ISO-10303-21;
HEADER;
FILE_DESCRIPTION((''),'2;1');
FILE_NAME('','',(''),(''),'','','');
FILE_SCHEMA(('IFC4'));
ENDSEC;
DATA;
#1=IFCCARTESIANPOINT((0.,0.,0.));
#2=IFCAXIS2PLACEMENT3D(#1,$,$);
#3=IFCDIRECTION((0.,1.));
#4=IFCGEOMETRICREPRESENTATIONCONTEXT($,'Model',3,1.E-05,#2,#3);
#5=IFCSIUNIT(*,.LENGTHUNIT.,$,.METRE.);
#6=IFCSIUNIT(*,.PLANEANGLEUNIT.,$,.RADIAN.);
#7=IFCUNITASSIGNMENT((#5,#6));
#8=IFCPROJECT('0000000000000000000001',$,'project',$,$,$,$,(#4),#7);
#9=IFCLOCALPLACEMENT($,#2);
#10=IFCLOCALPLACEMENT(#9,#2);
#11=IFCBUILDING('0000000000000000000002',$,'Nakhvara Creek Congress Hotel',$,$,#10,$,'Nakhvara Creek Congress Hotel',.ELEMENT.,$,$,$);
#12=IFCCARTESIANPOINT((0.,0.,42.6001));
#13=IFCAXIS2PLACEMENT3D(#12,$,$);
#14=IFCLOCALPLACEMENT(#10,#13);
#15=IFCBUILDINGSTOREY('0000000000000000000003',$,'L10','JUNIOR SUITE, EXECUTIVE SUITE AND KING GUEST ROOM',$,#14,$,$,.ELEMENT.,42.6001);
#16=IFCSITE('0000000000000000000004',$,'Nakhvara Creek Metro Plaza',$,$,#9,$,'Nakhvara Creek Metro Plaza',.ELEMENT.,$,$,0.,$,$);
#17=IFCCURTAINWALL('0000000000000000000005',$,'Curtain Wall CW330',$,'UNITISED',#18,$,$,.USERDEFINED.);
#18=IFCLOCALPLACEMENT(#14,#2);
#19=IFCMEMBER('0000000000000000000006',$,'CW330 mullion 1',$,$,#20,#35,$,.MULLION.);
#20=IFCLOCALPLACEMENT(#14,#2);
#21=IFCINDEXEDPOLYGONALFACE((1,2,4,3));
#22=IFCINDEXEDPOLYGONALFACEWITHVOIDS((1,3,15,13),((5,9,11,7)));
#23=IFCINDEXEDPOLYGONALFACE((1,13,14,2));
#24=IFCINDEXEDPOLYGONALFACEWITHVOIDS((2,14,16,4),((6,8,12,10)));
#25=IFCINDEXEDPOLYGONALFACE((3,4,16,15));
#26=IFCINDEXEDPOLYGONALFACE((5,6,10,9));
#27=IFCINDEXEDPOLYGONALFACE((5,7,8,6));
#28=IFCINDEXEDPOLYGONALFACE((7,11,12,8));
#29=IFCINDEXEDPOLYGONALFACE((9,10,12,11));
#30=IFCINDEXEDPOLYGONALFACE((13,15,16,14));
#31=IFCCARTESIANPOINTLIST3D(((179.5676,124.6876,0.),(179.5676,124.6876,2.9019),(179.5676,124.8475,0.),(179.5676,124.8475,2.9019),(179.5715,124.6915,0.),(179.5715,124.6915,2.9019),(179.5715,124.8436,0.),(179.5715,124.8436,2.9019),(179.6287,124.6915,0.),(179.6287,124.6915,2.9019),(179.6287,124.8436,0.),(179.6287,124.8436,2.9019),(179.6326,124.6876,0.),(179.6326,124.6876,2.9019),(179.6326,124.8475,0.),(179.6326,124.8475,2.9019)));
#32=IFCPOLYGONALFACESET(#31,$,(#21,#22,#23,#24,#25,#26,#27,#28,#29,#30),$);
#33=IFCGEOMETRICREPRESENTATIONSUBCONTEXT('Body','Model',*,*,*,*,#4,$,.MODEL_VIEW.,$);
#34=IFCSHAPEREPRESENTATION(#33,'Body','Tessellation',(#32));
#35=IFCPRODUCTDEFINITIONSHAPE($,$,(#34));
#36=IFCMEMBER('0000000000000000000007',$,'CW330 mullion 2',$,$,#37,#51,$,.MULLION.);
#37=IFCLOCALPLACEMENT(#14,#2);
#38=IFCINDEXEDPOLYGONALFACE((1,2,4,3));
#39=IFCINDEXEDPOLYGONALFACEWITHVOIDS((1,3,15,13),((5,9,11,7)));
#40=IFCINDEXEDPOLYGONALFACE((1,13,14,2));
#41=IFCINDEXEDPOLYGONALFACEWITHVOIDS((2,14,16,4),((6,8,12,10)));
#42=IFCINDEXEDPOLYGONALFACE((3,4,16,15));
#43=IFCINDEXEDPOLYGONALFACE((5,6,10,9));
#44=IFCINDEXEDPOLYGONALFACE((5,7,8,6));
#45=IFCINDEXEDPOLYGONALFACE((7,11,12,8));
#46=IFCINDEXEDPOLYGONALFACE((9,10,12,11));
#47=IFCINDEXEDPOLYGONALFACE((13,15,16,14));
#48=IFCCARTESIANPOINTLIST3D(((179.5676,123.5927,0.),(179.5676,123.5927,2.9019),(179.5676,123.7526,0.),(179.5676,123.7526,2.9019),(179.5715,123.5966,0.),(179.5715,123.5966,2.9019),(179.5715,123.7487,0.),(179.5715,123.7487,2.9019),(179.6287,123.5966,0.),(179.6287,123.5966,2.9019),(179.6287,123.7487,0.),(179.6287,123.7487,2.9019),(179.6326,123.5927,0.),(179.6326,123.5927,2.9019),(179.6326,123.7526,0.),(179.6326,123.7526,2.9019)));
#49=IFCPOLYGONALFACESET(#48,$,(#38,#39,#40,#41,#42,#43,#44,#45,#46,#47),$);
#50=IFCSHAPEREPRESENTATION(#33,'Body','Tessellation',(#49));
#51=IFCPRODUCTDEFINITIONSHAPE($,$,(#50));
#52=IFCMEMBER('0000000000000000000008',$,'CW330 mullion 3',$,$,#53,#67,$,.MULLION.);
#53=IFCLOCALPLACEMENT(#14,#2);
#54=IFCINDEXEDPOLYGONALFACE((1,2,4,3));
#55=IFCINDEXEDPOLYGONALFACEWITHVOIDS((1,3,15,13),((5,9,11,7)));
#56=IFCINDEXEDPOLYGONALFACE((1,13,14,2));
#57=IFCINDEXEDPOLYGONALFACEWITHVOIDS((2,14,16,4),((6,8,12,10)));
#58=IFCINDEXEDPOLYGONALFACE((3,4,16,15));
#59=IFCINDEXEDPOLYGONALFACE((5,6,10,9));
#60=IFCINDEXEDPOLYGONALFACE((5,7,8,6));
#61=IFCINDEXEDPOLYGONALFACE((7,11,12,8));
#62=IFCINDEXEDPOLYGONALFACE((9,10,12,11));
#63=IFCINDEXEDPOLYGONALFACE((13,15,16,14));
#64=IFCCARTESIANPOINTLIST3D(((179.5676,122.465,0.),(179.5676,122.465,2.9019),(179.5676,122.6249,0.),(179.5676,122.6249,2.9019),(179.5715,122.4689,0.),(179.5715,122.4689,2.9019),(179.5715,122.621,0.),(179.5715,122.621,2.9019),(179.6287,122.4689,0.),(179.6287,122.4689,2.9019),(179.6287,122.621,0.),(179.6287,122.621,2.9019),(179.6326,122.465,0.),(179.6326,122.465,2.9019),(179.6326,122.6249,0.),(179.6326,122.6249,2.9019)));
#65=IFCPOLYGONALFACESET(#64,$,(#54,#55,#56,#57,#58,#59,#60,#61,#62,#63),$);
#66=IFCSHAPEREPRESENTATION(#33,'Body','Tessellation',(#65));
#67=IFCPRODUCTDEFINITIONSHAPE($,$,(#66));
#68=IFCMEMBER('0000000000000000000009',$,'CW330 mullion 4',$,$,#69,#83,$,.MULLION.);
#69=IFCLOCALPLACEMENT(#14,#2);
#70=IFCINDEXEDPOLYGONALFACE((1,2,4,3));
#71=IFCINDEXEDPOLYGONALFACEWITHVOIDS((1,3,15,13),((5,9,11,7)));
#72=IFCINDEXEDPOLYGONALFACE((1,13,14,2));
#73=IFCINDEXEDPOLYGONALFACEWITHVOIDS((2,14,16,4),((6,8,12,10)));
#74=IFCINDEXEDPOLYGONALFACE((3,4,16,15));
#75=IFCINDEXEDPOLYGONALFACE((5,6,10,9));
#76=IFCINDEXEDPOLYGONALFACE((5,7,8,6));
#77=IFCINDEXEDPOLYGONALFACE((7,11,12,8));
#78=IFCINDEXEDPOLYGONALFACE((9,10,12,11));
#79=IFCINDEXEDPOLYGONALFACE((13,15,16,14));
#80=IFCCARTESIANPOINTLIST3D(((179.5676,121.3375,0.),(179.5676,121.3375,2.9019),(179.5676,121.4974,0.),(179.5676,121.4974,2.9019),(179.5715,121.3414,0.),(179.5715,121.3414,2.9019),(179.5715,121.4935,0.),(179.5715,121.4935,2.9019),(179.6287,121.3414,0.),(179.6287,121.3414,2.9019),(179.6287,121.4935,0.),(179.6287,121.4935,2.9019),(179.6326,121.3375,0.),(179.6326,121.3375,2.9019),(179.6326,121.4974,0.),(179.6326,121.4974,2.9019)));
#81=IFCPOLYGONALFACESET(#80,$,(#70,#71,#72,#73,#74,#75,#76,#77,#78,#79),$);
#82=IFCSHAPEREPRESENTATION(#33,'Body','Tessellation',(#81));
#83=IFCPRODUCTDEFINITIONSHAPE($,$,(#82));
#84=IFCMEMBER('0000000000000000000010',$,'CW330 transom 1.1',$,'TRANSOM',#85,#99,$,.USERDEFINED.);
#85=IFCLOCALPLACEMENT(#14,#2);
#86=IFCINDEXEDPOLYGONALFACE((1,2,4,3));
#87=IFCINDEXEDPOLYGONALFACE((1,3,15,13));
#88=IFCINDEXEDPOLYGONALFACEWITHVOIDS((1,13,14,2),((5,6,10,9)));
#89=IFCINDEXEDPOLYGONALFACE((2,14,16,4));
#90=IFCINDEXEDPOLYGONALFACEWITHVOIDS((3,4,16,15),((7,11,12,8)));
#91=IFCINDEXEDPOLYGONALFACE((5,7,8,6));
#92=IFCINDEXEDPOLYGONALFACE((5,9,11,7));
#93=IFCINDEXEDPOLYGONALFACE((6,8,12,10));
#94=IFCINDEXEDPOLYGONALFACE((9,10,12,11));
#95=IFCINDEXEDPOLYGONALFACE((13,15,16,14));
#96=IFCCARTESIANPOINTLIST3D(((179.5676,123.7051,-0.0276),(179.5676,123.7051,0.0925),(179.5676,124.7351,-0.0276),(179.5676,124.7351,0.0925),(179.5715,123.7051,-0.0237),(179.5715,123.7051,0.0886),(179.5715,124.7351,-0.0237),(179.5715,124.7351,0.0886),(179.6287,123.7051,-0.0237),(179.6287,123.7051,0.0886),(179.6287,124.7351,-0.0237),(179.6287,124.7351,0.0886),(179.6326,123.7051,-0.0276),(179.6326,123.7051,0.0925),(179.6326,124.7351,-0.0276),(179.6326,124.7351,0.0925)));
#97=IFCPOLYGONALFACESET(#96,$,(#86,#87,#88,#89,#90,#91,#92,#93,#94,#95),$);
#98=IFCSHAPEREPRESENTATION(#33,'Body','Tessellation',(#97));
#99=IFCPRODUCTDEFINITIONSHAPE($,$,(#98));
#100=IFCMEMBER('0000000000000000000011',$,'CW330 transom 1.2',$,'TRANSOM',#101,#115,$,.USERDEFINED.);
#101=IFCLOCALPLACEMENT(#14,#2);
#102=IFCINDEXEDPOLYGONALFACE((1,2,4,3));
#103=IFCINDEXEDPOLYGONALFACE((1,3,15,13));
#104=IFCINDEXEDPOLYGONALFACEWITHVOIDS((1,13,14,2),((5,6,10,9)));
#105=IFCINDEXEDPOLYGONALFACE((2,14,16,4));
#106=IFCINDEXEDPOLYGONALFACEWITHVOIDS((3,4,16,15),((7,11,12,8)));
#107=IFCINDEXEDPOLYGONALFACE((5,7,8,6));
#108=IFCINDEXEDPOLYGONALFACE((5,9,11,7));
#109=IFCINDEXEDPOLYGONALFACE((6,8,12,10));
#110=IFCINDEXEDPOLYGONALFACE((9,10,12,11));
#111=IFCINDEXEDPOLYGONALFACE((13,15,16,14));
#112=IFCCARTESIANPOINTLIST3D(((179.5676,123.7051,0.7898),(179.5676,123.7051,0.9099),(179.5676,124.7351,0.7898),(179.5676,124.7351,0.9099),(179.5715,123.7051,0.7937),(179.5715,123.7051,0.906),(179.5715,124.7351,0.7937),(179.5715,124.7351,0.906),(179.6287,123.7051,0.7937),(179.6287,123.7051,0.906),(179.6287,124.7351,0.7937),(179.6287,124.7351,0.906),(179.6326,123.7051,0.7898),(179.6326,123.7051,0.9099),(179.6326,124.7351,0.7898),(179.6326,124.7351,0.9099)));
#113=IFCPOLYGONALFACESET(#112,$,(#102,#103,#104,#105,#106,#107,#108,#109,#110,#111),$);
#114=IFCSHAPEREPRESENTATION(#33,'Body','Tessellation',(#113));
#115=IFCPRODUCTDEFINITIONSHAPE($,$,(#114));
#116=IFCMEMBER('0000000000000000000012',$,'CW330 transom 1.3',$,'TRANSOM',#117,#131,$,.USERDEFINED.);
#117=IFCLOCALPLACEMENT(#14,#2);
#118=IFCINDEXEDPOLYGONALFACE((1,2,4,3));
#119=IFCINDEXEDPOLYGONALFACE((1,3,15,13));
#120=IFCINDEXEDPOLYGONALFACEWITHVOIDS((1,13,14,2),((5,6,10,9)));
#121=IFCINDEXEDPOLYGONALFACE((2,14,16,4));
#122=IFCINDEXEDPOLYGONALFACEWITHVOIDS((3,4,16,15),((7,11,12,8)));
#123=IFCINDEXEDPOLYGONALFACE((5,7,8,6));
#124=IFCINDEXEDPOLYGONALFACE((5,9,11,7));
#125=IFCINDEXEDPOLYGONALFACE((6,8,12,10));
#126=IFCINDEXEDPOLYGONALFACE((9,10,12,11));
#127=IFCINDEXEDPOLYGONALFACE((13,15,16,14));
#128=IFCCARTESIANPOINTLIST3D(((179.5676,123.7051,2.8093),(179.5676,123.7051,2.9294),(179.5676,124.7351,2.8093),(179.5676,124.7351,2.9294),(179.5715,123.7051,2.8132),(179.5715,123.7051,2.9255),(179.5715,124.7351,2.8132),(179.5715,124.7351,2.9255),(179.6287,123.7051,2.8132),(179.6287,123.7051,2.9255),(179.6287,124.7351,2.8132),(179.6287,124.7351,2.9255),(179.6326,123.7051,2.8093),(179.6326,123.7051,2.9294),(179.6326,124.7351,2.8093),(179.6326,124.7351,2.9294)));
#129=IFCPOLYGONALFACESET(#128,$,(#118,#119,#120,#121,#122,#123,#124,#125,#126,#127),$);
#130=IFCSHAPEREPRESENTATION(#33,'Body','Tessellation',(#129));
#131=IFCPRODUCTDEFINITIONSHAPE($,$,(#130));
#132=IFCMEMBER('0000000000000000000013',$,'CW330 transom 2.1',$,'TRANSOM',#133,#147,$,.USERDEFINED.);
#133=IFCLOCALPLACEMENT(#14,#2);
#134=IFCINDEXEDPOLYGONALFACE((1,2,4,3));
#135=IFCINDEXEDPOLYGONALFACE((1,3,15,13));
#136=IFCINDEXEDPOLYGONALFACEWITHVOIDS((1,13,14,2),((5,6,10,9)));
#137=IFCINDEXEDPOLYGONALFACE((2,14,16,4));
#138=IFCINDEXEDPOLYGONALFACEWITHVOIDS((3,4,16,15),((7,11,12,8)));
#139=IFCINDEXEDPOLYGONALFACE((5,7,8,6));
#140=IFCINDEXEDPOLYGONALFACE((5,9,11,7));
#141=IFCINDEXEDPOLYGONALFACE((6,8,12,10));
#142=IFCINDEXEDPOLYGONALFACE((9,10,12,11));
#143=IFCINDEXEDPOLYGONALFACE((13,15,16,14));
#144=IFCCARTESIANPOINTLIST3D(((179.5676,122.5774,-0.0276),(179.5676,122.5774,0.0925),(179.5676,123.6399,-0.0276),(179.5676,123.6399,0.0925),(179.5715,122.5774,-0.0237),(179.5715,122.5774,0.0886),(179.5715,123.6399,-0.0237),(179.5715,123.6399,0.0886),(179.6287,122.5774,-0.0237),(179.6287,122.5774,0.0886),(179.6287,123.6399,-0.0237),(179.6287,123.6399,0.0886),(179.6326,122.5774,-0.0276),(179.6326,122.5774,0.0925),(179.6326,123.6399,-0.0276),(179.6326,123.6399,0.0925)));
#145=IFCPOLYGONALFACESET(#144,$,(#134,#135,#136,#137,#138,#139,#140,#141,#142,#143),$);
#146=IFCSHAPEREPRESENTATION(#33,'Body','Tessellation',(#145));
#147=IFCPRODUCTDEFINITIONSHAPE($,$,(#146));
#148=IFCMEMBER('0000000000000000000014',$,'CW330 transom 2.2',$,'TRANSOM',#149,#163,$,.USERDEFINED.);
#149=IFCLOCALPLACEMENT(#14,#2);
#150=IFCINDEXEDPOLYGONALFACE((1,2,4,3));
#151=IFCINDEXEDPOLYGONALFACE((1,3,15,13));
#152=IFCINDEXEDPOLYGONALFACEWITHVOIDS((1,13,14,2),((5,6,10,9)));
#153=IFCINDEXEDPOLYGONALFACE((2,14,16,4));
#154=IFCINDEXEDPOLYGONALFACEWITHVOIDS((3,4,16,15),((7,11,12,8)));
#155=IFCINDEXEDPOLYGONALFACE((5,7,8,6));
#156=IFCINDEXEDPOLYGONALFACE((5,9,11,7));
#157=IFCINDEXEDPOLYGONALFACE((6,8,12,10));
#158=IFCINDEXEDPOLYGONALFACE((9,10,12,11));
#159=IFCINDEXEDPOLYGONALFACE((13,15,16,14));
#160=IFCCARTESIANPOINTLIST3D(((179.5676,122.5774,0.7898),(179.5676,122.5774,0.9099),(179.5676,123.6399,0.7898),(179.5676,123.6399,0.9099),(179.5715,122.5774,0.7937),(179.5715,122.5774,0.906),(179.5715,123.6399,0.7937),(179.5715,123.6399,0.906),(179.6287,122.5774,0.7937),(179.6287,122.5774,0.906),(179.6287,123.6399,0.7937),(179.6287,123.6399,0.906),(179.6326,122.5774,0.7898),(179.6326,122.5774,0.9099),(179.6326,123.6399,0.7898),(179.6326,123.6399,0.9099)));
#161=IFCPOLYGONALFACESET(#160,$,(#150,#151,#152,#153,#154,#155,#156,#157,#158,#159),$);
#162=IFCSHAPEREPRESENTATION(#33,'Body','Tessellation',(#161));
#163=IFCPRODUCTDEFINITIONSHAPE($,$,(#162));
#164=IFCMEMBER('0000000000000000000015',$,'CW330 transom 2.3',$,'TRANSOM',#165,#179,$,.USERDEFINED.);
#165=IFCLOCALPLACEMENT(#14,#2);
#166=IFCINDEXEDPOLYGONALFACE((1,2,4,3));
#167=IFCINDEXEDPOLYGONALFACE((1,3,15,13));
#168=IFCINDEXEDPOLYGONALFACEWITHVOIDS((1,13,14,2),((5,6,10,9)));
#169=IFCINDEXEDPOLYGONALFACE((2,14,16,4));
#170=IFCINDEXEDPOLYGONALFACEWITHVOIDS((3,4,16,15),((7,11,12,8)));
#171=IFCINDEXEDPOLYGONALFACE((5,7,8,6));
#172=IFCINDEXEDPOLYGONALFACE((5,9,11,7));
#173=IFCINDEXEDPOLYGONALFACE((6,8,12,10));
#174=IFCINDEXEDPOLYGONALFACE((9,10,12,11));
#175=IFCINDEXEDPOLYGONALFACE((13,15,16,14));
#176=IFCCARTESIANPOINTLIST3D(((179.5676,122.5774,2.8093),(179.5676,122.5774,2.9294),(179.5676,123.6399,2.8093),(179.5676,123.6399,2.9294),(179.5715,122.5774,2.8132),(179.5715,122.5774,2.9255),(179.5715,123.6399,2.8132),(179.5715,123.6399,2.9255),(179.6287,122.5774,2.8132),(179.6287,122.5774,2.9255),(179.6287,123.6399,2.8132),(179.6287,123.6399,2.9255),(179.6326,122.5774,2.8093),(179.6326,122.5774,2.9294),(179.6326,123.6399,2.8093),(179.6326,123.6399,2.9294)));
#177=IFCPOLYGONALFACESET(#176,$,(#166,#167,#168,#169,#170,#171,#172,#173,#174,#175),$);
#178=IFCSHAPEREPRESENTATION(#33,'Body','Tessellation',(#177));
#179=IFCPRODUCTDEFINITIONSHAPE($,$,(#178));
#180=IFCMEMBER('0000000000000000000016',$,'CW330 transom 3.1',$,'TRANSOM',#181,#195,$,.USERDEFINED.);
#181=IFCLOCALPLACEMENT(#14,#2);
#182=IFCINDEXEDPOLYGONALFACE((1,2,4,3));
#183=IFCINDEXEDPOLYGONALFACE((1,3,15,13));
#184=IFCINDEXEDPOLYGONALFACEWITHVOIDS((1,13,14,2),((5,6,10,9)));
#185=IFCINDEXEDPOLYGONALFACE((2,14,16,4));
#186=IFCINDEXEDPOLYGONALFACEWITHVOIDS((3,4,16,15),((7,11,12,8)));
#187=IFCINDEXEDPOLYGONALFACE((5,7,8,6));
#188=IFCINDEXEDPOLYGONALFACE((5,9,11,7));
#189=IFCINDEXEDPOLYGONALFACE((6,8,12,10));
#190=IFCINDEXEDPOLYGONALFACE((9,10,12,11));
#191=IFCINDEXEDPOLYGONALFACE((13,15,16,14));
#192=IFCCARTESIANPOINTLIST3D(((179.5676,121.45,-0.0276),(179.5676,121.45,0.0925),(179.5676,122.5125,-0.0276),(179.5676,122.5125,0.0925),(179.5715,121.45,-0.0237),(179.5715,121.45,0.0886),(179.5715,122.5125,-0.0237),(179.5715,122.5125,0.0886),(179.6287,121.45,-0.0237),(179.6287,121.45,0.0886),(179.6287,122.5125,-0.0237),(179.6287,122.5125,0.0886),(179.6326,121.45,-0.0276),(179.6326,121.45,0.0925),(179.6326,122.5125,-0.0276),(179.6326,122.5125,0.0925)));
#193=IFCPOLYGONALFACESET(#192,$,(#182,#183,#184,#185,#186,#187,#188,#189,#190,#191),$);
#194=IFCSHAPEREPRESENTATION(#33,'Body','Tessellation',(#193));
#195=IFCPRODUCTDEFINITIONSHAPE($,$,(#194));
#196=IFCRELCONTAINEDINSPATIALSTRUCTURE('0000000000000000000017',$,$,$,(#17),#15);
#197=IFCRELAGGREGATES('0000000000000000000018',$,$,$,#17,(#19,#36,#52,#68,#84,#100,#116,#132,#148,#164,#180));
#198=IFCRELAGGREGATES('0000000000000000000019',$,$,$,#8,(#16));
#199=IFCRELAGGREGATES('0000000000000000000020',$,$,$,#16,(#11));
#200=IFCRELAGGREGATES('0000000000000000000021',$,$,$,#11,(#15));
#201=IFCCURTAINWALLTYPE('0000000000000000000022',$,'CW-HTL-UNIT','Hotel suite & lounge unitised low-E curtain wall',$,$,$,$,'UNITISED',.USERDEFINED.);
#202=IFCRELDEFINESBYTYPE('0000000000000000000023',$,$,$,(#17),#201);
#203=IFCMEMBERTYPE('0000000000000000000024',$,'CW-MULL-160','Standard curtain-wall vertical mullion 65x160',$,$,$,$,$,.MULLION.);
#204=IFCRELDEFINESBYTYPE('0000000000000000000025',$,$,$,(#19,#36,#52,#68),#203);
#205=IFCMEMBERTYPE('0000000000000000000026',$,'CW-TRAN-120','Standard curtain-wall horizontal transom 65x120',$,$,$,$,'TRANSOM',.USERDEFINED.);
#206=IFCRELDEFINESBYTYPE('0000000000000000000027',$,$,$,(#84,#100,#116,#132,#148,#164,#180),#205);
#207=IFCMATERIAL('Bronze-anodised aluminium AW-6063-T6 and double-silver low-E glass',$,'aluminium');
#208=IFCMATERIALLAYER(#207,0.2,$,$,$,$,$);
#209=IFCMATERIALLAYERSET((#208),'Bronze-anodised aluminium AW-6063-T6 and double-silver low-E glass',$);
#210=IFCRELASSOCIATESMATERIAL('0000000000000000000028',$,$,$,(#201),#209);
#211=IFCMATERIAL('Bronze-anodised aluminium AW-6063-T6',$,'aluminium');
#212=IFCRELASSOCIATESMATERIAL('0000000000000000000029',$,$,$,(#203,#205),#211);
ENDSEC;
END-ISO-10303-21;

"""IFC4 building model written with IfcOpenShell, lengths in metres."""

from ifc_helpers import new_model, si_unit, direction, frame, origin, origin_2d, place, context, subcontext, project, spatial, hollow_rectangle, extrude, material, layer, layer_set, material_profile, profile_set, type_object, element, aggregate, save


model = new_model("IFC4")

# Units and contexts
model_context = context("Model", 3, precision=1e-05, world=origin(), true_north=direction((0.0, 1.0)))
body_context = subcontext(model_context, "Body", "Model", "MODEL_VIEW")
ifc_project = project(units=[si_unit("LENGTHUNIT", "METRE"), si_unit("PLANEANGLEUNIT", "RADIAN")], contexts=[model_context])

# Site, building, storey
site_placement = place(None, origin())
site = spatial("IfcSite", under=ifc_project, at=site_placement, Name="Nakhvara Creek Metro Plaza", LongName="Nakhvara Creek Metro Plaza", CompositionType="ELEMENT", RefElevation=0.0)
building_placement = place(site_placement, origin())
building = spatial("IfcBuilding", under=site, at=building_placement, Name="Nakhvara Creek Congress Hotel", LongName="Nakhvara Creek Congress Hotel", CompositionType="ELEMENT")
storey_placement = place(building_placement, frame((0.0, 0.0, 42.6001)))
storey = spatial("IfcBuildingStorey", under=building, at=storey_placement, Name="L10", Description="JUNIOR SUITE, EXECUTIVE SUITE AND KING GUEST ROOM", CompositionType="ELEMENT", Elevation=42.6001)

# Curtain wall, members
ifc_material_1 = material(Name="Bronze-anodised aluminium AW-6063-T6 and double-silver low-E glass", Category="aluminium")
ifc_layer_1 = layer(ifc_material_1, 0.2)
ifc_layer_set_1 = layer_set([ifc_layer_1], Name="Bronze-anodised aluminium AW-6063-T6 and double-silver low-E glass")
curtain_wall_type = type_object("IfcCurtainWallType", Name="CW-HTL-UNIT", Description="Hotel suite & lounge unitised low-E curtain wall", ElementType="UNITISED", PredefinedType="USERDEFINED", material=ifc_layer_set_1)
curtain_wall_placement = place(storey_placement, origin())
curtain_wall = element("IfcCurtainWall", 1, at=curtain_wall_placement, inside=storey, type_object=curtain_wall_type, Name="Curtain Wall CW330", ObjectType="UNITISED", PredefinedType="USERDEFINED")
ifc_material_2 = material(Name="Bronze-anodised aluminium AW-6063-T6", Category="aluminium")
ifc_material_profile_1 = material_profile(ifc_material_2, hollow_rectangle(XDim=0.0649, YDim=0.1599, WallThickness=0.0039, at=origin_2d()), Name="ALU-MULL 65x160x4", Category="LoadBearing")
ifc_profile_set_1 = profile_set([ifc_material_profile_1], Name="Bronze-anodised aluminium AW-6063-T6")
member_type_1 = type_object("IfcMemberType", Name="CW-MULL-160", Description="Standard curtain-wall vertical mullion 65x160", PredefinedType="MULLION", material=ifc_profile_set_1)
member_1_placement = place(storey_placement, frame((179.6001, 124.7676, 0.0), z_axis=(0.0, 0.0, 1.0), x_axis=(1.0, 0.0, 0.0)))
member_1 = element("IfcMember", 2, at=member_1_placement, type_object=member_type_1, Name="CW330 mullion 1", PredefinedType="MULLION", context=body_context, shape_type="SweptSolid", body=[
    extrude(hollow_rectangle(XDim=0.0649, YDim=0.1599, WallThickness=0.0039, at=origin_2d()), origin(), (0.0, 0.0, 1.0), 2.9019),
])
member_2_placement = place(storey_placement, frame((179.6001, 123.6726, 0.0), z_axis=(0.0, 0.0, 1.0), x_axis=(1.0, 0.0, 0.0)))
member_2 = element("IfcMember", 3, at=member_2_placement, type_object=member_type_1, Name="CW330 mullion 2", PredefinedType="MULLION", context=body_context, shape_type="SweptSolid", body=[
    extrude(hollow_rectangle(XDim=0.0649, YDim=0.1599, WallThickness=0.0039, at=origin_2d()), origin(), (0.0, 0.0, 1.0), 2.9019),
])
member_3_placement = place(storey_placement, frame((179.6001, 122.5449, 0.0), z_axis=(0.0, 0.0, 1.0), x_axis=(1.0, 0.0, 0.0)))
member_3 = element("IfcMember", 4, at=member_3_placement, type_object=member_type_1, Name="CW330 mullion 3", PredefinedType="MULLION", context=body_context, shape_type="SweptSolid", body=[
    extrude(hollow_rectangle(XDim=0.0649, YDim=0.1599, WallThickness=0.0039, at=origin_2d()), origin(), (0.0, 0.0, 1.0), 2.9019),
])
member_4_placement = place(storey_placement, frame((179.6001, 121.4175, 0.0), z_axis=(0.0, 0.0, 1.0), x_axis=(1.0, 0.0, 0.0)))
member_4 = element("IfcMember", 5, at=member_4_placement, type_object=member_type_1, Name="CW330 mullion 4", PredefinedType="MULLION", context=body_context, shape_type="SweptSolid", body=[
    extrude(hollow_rectangle(XDim=0.0649, YDim=0.1599, WallThickness=0.0039, at=origin_2d()), origin(), (0.0, 0.0, 1.0), 2.9019),
])
ifc_material_profile_2 = material_profile(ifc_material_2, hollow_rectangle(XDim=0.0649, YDim=0.1201, WallThickness=0.0039, at=origin_2d()), Name="ALU-TRAN 65x120x4", Category="LoadBearing")
ifc_profile_set_2 = profile_set([ifc_material_profile_2], Name="Bronze-anodised aluminium AW-6063-T6")
member_type_2 = type_object("IfcMemberType", Name="CW-TRAN-120", Description="Standard curtain-wall horizontal transom 65x120", ElementType="TRANSOM", PredefinedType="USERDEFINED", material=ifc_profile_set_2)
member_5_placement = place(storey_placement, frame((179.6001, 124.7351, 0.0325), z_axis=(0.0, -1.0, 0.0), x_axis=(1.0, 0.0, 0.0)))
member_5 = element("IfcMember", 6, at=member_5_placement, type_object=member_type_2, Name="CW330 transom 1.1", ObjectType="TRANSOM", PredefinedType="USERDEFINED", context=body_context, shape_type="SweptSolid", body=[
    extrude(hollow_rectangle(XDim=0.0649, YDim=0.1201, WallThickness=0.0039, at=origin_2d()), origin(), (0.0, 0.0, 1.0), 1.03),
])
member_6_placement = place(storey_placement, frame((179.6001, 124.7351, 0.8499), z_axis=(0.0, -1.0, 0.0), x_axis=(1.0, 0.0, 0.0)))
member_6 = element("IfcMember", 7, at=member_6_placement, type_object=member_type_2, Name="CW330 transom 1.2", ObjectType="TRANSOM", PredefinedType="USERDEFINED", context=body_context, shape_type="SweptSolid", body=[
    extrude(hollow_rectangle(XDim=0.0649, YDim=0.1201, WallThickness=0.0039, at=origin_2d()), origin(), (0.0, 0.0, 1.0), 1.03),
])
member_7_placement = place(storey_placement, frame((179.6001, 124.7351, 2.8694), z_axis=(0.0, -1.0, 0.0), x_axis=(1.0, 0.0, 0.0)))
member_7 = element("IfcMember", 8, at=member_7_placement, type_object=member_type_2, Name="CW330 transom 1.3", ObjectType="TRANSOM", PredefinedType="USERDEFINED", context=body_context, shape_type="SweptSolid", body=[
    extrude(hollow_rectangle(XDim=0.0649, YDim=0.1201, WallThickness=0.0039, at=origin_2d()), origin(), (0.0, 0.0, 1.0), 1.03),
])
member_8_placement = place(storey_placement, frame((179.6001, 123.6399, 0.0325), z_axis=(0.0, -1.0, 0.0), x_axis=(1.0, 0.0, 0.0)))
member_8 = element("IfcMember", 9, at=member_8_placement, type_object=member_type_2, Name="CW330 transom 2.1", ObjectType="TRANSOM", PredefinedType="USERDEFINED", context=body_context, shape_type="SweptSolid", body=[
    extrude(hollow_rectangle(XDim=0.0649, YDim=0.1201, WallThickness=0.0039, at=origin_2d()), origin(), (0.0, 0.0, 1.0), 1.0625),
])
member_9_placement = place(storey_placement, frame((179.6001, 123.6399, 0.8499), z_axis=(0.0, -1.0, 0.0), x_axis=(1.0, 0.0, 0.0)))
member_9 = element("IfcMember", 10, at=member_9_placement, type_object=member_type_2, Name="CW330 transom 2.2", ObjectType="TRANSOM", PredefinedType="USERDEFINED", context=body_context, shape_type="SweptSolid", body=[
    extrude(hollow_rectangle(XDim=0.0649, YDim=0.1201, WallThickness=0.0039, at=origin_2d()), origin(), (0.0, 0.0, 1.0), 1.0625),
])
member_10_placement = place(storey_placement, frame((179.6001, 123.6399, 2.8694), z_axis=(0.0, -1.0, 0.0), x_axis=(1.0, 0.0, 0.0)))
member_10 = element("IfcMember", 11, at=member_10_placement, type_object=member_type_2, Name="CW330 transom 2.3", ObjectType="TRANSOM", PredefinedType="USERDEFINED", context=body_context, shape_type="SweptSolid", body=[
    extrude(hollow_rectangle(XDim=0.0649, YDim=0.1201, WallThickness=0.0039, at=origin_2d()), origin(), (0.0, 0.0, 1.0), 1.0625),
])
member_11_placement = place(storey_placement, frame((179.6001, 122.5125, 0.0325), z_axis=(0.0, -1.0, 0.0), x_axis=(1.0, 0.0, 0.0)))
member_11 = element("IfcMember", 12, at=member_11_placement, type_object=member_type_2, Name="CW330 transom 3.1", ObjectType="TRANSOM", PredefinedType="USERDEFINED", context=body_context, shape_type="SweptSolid", body=[
    extrude(hollow_rectangle(XDim=0.0649, YDim=0.1201, WallThickness=0.0039, at=origin_2d()), origin(), (0.0, 0.0, 1.0), 1.0625),
])
aggregate(curtain_wall, [member_1, member_2, member_3, member_4, member_5, member_6, member_7, member_8, member_9, member_10, member_11])

save(model, "model.ifc")
